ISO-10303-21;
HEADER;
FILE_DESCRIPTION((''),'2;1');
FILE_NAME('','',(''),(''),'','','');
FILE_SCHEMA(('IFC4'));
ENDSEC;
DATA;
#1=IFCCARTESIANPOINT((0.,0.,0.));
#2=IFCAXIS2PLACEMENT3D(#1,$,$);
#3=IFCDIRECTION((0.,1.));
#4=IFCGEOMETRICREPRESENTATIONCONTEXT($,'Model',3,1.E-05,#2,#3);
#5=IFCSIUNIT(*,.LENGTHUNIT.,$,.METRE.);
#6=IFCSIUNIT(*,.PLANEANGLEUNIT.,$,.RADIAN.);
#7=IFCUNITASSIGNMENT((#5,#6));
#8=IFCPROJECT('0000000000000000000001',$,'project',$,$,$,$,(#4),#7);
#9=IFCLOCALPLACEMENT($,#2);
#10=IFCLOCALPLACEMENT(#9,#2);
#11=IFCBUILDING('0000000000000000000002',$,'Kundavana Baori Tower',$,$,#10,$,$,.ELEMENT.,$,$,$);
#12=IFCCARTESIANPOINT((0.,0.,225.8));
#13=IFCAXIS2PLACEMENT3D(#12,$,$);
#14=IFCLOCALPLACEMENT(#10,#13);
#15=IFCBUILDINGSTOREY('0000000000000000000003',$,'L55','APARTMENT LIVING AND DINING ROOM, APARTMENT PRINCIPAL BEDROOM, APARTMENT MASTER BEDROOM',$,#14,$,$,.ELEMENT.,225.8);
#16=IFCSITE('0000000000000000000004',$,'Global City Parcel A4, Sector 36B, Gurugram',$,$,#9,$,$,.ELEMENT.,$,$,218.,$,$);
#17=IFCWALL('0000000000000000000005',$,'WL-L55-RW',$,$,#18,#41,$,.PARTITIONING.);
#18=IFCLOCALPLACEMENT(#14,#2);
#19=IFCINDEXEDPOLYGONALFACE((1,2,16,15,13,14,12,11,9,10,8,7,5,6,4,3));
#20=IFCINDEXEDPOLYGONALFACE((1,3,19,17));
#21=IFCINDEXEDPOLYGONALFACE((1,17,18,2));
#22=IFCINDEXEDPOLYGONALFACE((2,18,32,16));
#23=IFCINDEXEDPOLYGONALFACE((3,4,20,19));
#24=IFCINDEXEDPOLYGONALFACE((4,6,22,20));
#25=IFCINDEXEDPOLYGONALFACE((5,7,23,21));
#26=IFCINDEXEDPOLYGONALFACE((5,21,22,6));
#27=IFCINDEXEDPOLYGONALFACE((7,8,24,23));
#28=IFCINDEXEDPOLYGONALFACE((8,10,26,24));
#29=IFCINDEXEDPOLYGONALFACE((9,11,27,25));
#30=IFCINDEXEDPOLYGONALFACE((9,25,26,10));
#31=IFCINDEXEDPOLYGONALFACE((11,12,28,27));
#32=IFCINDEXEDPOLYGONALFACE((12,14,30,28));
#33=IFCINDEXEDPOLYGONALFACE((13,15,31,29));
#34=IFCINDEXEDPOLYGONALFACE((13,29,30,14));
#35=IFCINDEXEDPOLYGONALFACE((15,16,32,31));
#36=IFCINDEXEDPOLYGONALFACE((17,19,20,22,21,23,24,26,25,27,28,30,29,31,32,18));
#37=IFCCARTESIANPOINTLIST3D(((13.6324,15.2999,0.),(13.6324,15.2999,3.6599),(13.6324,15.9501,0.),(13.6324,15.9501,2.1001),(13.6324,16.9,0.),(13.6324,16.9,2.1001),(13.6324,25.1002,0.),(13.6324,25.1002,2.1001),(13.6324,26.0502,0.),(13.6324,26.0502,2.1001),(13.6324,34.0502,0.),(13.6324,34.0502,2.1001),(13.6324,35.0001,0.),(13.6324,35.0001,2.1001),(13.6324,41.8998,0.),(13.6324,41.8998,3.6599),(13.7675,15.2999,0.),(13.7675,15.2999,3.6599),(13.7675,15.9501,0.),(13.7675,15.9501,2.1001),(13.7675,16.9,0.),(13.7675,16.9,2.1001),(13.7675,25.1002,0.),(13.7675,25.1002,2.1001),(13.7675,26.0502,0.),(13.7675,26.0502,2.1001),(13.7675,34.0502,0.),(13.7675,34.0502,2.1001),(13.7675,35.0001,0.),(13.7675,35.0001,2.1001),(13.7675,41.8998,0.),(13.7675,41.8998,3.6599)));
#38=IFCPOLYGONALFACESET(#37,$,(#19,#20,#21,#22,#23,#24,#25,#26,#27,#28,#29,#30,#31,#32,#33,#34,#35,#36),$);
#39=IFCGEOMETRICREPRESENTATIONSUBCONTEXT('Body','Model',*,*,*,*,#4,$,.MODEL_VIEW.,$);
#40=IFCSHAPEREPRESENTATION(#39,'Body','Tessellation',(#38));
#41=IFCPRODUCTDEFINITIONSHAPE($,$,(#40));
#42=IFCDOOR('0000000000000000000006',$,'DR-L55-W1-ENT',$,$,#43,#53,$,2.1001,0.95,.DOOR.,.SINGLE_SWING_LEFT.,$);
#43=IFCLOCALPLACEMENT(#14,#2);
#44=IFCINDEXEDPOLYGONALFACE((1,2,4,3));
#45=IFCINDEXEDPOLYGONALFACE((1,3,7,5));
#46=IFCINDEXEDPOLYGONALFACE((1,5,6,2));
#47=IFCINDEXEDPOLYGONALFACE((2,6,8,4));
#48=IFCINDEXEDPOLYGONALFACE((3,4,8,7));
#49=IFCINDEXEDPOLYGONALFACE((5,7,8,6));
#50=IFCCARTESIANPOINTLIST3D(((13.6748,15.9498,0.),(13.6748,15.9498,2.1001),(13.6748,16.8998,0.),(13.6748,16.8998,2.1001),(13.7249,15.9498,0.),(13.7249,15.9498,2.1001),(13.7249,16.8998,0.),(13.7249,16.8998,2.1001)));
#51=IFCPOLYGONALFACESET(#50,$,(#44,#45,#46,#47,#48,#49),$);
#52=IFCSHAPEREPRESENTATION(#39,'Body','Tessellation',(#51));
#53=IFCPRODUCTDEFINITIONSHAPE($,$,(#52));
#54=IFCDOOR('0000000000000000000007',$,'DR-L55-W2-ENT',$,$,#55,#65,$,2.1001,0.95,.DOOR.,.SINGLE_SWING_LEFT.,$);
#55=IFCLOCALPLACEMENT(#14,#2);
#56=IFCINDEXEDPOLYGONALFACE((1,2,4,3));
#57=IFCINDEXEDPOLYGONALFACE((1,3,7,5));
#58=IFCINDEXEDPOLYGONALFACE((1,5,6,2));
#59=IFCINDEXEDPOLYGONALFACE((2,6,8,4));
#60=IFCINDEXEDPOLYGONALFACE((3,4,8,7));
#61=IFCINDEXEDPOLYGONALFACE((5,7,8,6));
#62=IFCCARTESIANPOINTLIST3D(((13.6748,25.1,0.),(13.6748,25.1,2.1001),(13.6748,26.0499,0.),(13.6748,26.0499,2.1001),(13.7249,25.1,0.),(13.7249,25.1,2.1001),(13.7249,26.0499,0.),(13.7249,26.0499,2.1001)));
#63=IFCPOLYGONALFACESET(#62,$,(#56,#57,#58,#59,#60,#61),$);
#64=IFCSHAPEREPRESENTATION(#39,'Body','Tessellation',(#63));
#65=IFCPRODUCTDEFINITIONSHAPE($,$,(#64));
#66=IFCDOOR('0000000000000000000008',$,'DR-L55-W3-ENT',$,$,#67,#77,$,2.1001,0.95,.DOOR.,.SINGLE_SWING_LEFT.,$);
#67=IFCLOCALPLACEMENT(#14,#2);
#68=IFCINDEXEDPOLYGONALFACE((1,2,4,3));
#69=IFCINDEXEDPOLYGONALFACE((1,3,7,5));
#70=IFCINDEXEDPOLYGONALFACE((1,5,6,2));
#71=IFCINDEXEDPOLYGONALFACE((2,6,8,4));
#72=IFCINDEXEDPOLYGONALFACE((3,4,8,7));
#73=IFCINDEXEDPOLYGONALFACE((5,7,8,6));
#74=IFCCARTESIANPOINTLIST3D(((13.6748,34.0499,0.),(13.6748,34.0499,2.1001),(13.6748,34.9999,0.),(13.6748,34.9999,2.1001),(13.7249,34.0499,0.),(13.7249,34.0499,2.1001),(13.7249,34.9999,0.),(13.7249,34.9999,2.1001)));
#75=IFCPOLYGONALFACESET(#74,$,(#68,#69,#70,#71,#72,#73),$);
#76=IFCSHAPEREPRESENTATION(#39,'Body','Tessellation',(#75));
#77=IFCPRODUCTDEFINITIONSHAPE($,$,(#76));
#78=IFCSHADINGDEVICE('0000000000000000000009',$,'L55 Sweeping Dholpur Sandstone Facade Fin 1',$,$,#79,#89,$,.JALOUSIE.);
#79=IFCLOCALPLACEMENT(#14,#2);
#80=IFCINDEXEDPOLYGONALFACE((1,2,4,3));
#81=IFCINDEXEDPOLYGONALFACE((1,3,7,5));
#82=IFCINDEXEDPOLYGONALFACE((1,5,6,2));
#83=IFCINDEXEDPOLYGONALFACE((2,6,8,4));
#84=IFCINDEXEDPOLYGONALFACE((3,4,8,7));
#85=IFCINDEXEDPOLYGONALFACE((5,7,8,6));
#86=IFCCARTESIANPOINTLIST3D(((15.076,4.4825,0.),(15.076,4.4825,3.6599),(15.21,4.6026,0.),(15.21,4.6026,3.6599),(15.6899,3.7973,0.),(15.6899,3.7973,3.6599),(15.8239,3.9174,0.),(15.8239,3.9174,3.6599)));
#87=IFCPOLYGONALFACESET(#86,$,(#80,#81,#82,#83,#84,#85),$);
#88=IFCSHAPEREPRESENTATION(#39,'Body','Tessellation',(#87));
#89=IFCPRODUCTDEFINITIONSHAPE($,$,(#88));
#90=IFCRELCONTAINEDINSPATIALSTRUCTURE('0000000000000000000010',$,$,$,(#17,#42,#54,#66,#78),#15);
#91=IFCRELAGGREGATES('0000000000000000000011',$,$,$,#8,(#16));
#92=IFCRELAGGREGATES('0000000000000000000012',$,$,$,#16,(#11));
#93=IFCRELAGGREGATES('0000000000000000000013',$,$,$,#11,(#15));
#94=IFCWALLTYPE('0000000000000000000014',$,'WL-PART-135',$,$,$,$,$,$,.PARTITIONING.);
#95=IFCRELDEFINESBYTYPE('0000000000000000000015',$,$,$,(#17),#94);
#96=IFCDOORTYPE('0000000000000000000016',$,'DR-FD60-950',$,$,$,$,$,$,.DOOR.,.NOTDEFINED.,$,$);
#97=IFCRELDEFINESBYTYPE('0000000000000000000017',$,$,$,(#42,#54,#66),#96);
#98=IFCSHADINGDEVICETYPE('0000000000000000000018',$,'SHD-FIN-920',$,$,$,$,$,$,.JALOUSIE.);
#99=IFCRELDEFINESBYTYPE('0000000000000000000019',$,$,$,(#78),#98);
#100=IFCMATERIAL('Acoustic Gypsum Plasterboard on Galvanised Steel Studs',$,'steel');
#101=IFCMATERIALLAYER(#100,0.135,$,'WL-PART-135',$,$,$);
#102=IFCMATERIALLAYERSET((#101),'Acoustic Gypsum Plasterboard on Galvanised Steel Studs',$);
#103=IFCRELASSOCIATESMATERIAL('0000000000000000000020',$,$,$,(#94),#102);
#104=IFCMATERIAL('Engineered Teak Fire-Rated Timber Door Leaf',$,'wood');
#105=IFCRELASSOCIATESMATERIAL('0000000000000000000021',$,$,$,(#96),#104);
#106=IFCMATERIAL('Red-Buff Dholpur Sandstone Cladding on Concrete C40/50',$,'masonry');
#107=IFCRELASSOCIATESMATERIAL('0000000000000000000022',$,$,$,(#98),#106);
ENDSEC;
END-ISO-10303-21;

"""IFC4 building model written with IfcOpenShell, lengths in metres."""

from ifc_helpers import new_model, si_unit, direction, frame, frame_2d, origin, origin_2d, place, context, subcontext, project, spatial, rectangle, extrude, material, layer, layer_set, type_object, element, fill, save


model = new_model("IFC4")

# Units and contexts
model_context = context("Model", 3, precision=1e-05, world=origin(), true_north=direction((0.0, 1.0)))
body_context = subcontext(model_context, "Body", "Model", "MODEL_VIEW")
ifc_project = project(units=[si_unit("LENGTHUNIT", "METRE"), si_unit("PLANEANGLEUNIT", "RADIAN")], contexts=[model_context])

# Site, building, storey
site_placement = place(None, origin())
site = spatial("IfcSite", under=ifc_project, at=site_placement, Name="Global City Parcel A4, Sector 36B, Gurugram", CompositionType="ELEMENT", RefElevation=218.0)
building_placement = place(site_placement, origin())
building = spatial("IfcBuilding", under=site, at=building_placement, Name="Kundavana Baori Tower", CompositionType="ELEMENT")
storey_placement = place(building_placement, frame((0.0, 0.0, 225.8)))
storey = spatial("IfcBuildingStorey", under=building, at=storey_placement, Name="L55", Description="APARTMENT LIVING AND DINING ROOM, APARTMENT PRINCIPAL BEDROOM, APARTMENT MASTER BEDROOM", CompositionType="ELEMENT", Elevation=225.8)

# Shared definitions
ifc_material_1 = material(Name="Acoustic Gypsum Plasterboard on Galvanised Steel Studs", Category="steel")
ifc_layer_1 = layer(ifc_material_1, 0.135, Name="WL-PART-135")
ifc_layer_set_1 = layer_set([ifc_layer_1], Name="Acoustic Gypsum Plasterboard on Galvanised Steel Studs")
wall_type_1 = type_object("IfcWallType", Name="WL-PART-135", PredefinedType="PARTITIONING", material=ifc_layer_set_1)

# Wall, openings, doors
wall_1_placement = place(storey_placement, frame((13.7, 15.3, 0.0), z_axis=(0.0, 0.0, 1.0), x_axis=(0.0, 1.0, 0.0)))
wall_1 = element("IfcWall", 1, at=wall_1_placement, inside=storey, type_object=wall_type_1, Name="WL-L55-RW", PredefinedType="PARTITIONING", context=body_context, shape_type="SweptSolid", body=[
    extrude(rectangle(XDim=26.5999, YDim=0.135, at=frame_2d((13.2998, 0.0))), origin(), (0.0, 0.0, 1.0), 3.6599),
])
opening_1_placement = place(wall_1_placement, frame((0.6499, 0.0, 0.0)))
opening_1 = element("IfcOpeningElement", 2, at=opening_1_placement, cuts=wall_1, PredefinedType="OPENING", context=body_context, shape_type="SweptSolid", body=[
    extrude(rectangle(XDim=0.95, YDim=2.1001, at=frame_2d((0.4751, 1.05))), frame((0.0, 0.0776, 0.0), z_axis=(0.0, -1.0, 0.0), x_axis=(1.0, 0.0, 0.0)), (0.0, 0.0, 1.0), 0.155),
])
opening_2_placement = place(wall_1_placement, frame((9.8, 0.0, 0.0)))
opening_2 = element("IfcOpeningElement", 3, at=opening_2_placement, cuts=wall_1, PredefinedType="OPENING", context=body_context, shape_type="SweptSolid", body=[
    extrude(rectangle(XDim=0.95, YDim=2.1001, at=frame_2d((0.4751, 1.05))), frame((0.0, 0.0776, 0.0), z_axis=(0.0, -1.0, 0.0), x_axis=(1.0, 0.0, 0.0)), (0.0, 0.0, 1.0), 0.155),
])
opening_3_placement = place(wall_1_placement, frame((18.75, 0.0, 0.0)))
opening_3 = element("IfcOpeningElement", 4, at=opening_3_placement, cuts=wall_1, PredefinedType="OPENING", context=body_context, shape_type="SweptSolid", body=[
    extrude(rectangle(XDim=0.95, YDim=2.1001, at=frame_2d((0.4751, 1.05))), frame((0.0, 0.0776, 0.0), z_axis=(0.0, -1.0, 0.0), x_axis=(1.0, 0.0, 0.0)), (0.0, 0.0, 1.0), 0.155),
])
ifc_material_2 = material(Name="Engineered Teak Fire-Rated Timber Door Leaf", Category="wood")
door_type_1 = type_object("IfcDoorType", Name="DR-FD60-950", OperationType="NOTDEFINED", PredefinedType="DOOR", material=ifc_material_2)
door_1_placement = place(opening_1_placement, frame((0.95, 0.0, 0.0), z_axis=(0.0, 0.0, 1.0), x_axis=(-1.0, 0.0, 0.0)))
door_1 = element("IfcDoor", 5, at=door_1_placement, inside=storey, type_object=door_type_1, Name="DR-L55-W1-ENT", OperationType="SINGLE_SWING_LEFT", OverallHeight=2.1001, OverallWidth=0.95, PredefinedType="DOOR", context=body_context, shape_type="SweptSolid", body=[
    extrude(rectangle(XDim=0.95, YDim=2.1001, at=frame_2d((0.4751, 1.05))), frame((0.0, 0.0249, 0.0), z_axis=(0.0, -1.0, 0.0), x_axis=(1.0, 0.0, 0.0)), (0.0, 0.0, 1.0), 0.05),
])
fill(opening_1, door_1)
door_2_placement = place(opening_2_placement, frame((0.95, 0.0, 0.0), z_axis=(0.0, 0.0, 1.0), x_axis=(-1.0, 0.0, 0.0)))
door_2 = element("IfcDoor", 6, at=door_2_placement, inside=storey, type_object=door_type_1, Name="DR-L55-W2-ENT", OperationType="SINGLE_SWING_LEFT", OverallHeight=2.1001, OverallWidth=0.95, PredefinedType="DOOR", context=body_context, shape_type="SweptSolid", body=[
    extrude(rectangle(XDim=0.95, YDim=2.1001, at=frame_2d((0.4751, 1.05))), frame((0.0, 0.0249, 0.0), z_axis=(0.0, -1.0, 0.0), x_axis=(1.0, 0.0, 0.0)), (0.0, 0.0, 1.0), 0.05),
])
fill(opening_2, door_2)
door_3_placement = place(opening_3_placement, frame((0.95, 0.0, 0.0), z_axis=(0.0, 0.0, 1.0), x_axis=(-1.0, 0.0, 0.0)))
door_3 = element("IfcDoor", 7, at=door_3_placement, inside=storey, type_object=door_type_1, Name="DR-L55-W3-ENT", OperationType="SINGLE_SWING_LEFT", OverallHeight=2.1001, OverallWidth=0.95, PredefinedType="DOOR", context=body_context, shape_type="SweptSolid", body=[
    extrude(rectangle(XDim=0.95, YDim=2.1001, at=frame_2d((0.4751, 1.05))), frame((0.0, 0.0249, 0.0), z_axis=(0.0, -1.0, 0.0), x_axis=(1.0, 0.0, 0.0)), (0.0, 0.0, 1.0), 0.05),
])
fill(opening_3, door_3)

# Shading device
ifc_material_3 = material(Name="Red-Buff Dholpur Sandstone Cladding on Concrete C40/50", Category="masonry")
shading_device_type = type_object("IfcShadingDeviceType", Name="SHD-FIN-920", PredefinedType="JALOUSIE", material=ifc_material_3)
shading_device_placement = place(storey_placement, frame((15.45, 4.2, 0.0), z_axis=(0.0, 0.0, 1.0), x_axis=(0.744778, 0.667313, 0.0)))
element("IfcShadingDevice", 8, at=shading_device_placement, inside=storey, type_object=shading_device_type, Name="L55 Sweeping Dholpur Sandstone Facade Fin 1", PredefinedType="JALOUSIE", context=body_context, shape_type="SweptSolid", body=[
    extrude(rectangle(XDim=0.1799, YDim=0.9199, at=origin_2d()), origin(), (0.0, 0.0, 1.0), 3.6599),
])

save(model, "model.ifc")
